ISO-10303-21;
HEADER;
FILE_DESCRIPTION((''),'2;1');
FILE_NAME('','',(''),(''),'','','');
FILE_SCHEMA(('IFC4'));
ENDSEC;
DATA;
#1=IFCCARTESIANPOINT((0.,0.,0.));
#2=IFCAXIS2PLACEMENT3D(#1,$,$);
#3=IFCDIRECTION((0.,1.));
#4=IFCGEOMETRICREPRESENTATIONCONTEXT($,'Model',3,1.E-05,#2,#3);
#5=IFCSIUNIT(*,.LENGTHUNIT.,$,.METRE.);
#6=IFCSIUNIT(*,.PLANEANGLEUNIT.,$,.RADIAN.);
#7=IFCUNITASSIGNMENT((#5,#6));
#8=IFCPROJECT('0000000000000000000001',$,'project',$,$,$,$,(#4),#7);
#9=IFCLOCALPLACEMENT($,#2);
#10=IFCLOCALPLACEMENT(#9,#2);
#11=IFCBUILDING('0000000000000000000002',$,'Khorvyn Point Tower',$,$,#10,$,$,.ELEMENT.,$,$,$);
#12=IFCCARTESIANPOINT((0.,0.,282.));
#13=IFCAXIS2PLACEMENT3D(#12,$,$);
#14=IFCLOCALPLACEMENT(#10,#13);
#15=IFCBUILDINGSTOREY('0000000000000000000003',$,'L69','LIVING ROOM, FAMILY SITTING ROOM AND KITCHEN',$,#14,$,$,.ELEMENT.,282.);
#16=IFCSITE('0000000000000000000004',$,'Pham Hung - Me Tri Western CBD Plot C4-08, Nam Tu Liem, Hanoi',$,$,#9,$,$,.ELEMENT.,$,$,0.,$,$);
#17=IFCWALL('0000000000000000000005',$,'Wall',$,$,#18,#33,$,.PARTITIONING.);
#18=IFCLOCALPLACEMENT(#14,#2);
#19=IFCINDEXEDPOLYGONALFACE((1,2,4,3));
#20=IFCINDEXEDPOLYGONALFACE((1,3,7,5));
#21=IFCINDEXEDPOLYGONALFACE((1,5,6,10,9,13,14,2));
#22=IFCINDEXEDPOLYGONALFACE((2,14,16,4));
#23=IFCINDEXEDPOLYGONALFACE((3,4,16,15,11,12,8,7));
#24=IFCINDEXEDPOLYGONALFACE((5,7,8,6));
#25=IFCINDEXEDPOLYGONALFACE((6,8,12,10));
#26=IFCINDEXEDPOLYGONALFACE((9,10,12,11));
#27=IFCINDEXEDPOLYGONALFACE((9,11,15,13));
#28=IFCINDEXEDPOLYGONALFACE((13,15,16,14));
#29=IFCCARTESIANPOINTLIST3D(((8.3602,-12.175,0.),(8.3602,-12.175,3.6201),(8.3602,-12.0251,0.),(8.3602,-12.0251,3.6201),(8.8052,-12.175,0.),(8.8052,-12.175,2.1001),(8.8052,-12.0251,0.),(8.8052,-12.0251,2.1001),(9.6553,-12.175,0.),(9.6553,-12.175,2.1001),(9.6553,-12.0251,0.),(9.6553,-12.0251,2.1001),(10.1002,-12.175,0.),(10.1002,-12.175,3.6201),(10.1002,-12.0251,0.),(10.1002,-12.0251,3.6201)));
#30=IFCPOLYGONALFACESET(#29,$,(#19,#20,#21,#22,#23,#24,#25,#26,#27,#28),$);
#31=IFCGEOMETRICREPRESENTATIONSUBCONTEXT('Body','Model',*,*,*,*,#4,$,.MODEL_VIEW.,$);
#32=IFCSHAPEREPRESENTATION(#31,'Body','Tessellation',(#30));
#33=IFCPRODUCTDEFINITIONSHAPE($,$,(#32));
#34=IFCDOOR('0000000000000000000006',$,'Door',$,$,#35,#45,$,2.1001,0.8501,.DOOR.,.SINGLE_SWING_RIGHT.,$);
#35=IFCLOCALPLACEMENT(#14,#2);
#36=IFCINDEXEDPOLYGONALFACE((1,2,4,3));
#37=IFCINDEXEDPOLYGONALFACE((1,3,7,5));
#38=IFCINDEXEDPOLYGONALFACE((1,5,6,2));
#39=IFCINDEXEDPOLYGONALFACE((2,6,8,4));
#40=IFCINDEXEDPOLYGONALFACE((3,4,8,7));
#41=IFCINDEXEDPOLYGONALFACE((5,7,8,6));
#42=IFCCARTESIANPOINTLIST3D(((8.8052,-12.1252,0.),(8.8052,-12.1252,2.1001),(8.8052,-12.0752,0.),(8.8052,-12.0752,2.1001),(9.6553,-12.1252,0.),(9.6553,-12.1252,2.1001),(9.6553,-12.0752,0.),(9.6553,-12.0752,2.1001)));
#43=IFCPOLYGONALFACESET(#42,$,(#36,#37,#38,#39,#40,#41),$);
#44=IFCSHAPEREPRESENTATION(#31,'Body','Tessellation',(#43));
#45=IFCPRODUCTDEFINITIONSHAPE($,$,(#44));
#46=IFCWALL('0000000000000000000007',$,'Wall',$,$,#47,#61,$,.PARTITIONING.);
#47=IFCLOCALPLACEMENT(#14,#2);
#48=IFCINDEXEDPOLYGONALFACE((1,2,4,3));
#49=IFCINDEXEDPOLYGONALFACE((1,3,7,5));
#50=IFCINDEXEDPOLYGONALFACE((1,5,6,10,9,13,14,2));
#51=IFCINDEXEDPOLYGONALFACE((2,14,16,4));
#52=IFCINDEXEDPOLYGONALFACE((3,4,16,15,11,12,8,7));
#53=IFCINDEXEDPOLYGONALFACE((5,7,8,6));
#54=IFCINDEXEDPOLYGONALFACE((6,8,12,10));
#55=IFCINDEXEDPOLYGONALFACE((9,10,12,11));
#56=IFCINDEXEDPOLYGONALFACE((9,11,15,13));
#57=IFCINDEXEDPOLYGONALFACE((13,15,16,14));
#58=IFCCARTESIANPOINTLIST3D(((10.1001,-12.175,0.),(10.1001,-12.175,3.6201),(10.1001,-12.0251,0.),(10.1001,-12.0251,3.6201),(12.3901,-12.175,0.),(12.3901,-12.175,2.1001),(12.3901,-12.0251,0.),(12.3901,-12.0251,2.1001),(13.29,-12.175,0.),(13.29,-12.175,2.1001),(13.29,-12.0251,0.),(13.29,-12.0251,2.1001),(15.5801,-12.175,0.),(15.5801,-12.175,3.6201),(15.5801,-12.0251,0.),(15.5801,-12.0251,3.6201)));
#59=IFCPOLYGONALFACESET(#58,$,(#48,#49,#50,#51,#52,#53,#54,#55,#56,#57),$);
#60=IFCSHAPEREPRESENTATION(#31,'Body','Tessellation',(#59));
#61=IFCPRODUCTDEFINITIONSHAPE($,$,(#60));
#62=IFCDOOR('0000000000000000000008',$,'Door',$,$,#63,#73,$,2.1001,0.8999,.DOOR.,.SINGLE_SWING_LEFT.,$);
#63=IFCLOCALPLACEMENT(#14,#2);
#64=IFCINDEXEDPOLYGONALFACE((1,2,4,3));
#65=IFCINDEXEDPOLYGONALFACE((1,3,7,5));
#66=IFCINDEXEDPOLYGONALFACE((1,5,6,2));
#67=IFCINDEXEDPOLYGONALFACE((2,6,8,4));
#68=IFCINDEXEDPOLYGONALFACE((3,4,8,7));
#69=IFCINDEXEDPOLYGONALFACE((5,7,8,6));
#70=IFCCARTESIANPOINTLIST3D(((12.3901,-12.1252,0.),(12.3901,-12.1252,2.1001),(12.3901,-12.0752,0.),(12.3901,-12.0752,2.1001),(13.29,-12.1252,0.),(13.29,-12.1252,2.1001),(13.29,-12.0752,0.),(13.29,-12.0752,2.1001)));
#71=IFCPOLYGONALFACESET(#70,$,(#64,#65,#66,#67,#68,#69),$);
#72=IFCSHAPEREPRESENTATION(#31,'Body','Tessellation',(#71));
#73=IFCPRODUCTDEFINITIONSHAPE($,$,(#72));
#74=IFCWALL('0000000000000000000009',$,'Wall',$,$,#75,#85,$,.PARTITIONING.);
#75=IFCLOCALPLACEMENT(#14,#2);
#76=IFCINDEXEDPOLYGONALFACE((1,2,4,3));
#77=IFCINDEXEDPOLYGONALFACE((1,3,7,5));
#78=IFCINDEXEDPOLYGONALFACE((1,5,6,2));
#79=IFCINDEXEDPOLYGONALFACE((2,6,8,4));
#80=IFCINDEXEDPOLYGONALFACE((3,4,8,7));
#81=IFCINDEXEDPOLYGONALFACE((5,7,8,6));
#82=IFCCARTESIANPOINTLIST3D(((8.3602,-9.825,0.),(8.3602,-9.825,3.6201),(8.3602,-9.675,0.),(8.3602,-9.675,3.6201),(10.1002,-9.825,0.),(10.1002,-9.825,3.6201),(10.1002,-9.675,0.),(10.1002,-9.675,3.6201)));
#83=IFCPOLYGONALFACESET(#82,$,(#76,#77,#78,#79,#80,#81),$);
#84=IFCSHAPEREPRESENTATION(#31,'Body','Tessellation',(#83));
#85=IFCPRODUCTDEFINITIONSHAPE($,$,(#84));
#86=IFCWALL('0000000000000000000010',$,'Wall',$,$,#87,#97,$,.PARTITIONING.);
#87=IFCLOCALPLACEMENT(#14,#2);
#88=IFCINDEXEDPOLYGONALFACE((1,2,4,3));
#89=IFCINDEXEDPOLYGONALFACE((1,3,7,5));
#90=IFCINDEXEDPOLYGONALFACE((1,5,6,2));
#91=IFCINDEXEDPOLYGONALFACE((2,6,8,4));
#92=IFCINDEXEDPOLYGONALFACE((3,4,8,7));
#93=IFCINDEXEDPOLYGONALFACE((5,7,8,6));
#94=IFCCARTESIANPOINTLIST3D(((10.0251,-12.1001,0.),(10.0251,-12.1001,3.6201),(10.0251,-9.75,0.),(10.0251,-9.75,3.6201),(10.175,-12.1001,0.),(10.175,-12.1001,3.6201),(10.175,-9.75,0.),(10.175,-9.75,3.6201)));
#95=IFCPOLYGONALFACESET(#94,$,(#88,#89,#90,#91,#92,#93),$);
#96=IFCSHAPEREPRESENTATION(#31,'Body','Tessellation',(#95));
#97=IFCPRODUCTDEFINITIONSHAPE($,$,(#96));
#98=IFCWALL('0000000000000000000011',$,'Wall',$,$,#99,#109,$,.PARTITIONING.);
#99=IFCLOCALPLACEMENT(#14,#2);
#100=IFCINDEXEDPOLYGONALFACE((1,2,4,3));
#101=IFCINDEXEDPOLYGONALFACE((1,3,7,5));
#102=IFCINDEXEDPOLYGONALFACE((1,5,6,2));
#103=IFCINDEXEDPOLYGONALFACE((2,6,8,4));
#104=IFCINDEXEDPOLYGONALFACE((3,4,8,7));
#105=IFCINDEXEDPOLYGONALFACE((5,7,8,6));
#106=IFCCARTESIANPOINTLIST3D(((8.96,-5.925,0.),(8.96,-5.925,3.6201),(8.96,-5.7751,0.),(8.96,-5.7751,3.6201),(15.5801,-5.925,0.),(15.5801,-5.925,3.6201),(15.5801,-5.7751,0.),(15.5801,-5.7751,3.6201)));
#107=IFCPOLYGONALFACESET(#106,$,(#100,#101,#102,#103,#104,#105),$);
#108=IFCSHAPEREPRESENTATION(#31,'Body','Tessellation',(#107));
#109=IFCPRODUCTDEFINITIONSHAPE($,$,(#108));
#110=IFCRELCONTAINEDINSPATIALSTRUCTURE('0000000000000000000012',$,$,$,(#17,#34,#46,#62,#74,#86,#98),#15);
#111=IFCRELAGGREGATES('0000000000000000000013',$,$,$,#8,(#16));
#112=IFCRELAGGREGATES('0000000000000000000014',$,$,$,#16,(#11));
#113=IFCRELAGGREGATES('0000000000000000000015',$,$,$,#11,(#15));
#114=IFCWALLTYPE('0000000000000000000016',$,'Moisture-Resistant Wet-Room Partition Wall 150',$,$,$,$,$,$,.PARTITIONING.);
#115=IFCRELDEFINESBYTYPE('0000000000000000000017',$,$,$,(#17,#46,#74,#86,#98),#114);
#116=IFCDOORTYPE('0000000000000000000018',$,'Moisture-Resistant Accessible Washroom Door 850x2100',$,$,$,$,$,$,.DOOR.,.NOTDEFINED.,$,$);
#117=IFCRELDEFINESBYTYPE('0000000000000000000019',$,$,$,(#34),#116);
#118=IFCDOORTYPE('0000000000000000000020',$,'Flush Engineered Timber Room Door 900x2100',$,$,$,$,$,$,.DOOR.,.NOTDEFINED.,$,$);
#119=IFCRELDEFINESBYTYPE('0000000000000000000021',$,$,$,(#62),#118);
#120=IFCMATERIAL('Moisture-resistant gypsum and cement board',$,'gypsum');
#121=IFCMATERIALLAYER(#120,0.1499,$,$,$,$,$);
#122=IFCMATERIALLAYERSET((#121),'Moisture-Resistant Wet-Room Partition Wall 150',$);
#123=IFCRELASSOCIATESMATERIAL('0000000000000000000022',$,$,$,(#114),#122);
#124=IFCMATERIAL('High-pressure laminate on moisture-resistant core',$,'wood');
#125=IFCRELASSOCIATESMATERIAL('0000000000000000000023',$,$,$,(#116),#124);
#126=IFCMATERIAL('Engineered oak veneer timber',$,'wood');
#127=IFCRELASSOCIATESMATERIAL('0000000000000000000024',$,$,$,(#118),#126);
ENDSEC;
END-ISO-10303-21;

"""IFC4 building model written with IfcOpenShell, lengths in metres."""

from ifc_helpers import new_model, si_unit, direction, frame, frame_2d, origin, place, context, subcontext, project, spatial, rectangle, extrude, material, layer, layer_set, type_object, element, fill, save


model = new_model("IFC4")

# Units and contexts
model_context = context("Model", 3, precision=1e-05, world=origin(), true_north=direction((0.0, 1.0)))
body_context = subcontext(model_context, "Body", "Model", "MODEL_VIEW")
ifc_project = project(units=[si_unit("LENGTHUNIT", "METRE"), si_unit("PLANEANGLEUNIT", "RADIAN")], contexts=[model_context])

# Site, building, storey
site_placement = place(None, origin())
site = spatial("IfcSite", under=ifc_project, at=site_placement, Name="Pham Hung - Me Tri Western CBD Plot C4-08, Nam Tu Liem, Hanoi", CompositionType="ELEMENT", RefElevation=0.0)
building_placement = place(site_placement, origin())
building = spatial("IfcBuilding", under=site, at=building_placement, Name="Khorvyn Point Tower", CompositionType="ELEMENT")
storey_placement = place(building_placement, frame((0.0, 0.0, 282.0)))
storey = spatial("IfcBuildingStorey", under=building, at=storey_placement, Name="L69", Description="LIVING ROOM, FAMILY SITTING ROOM AND KITCHEN", CompositionType="ELEMENT", Elevation=282.0)

# Walls, openings, doors
ifc_material_1 = material(Name="Moisture-resistant gypsum and cement board", Category="gypsum")
ifc_layer_1 = layer(ifc_material_1, 0.1499)
ifc_layer_set_1 = layer_set([ifc_layer_1], Name="Moisture-Resistant Wet-Room Partition Wall 150")
wall_type_1 = type_object("IfcWallType", Name="Moisture-Resistant Wet-Room Partition Wall 150", PredefinedType="PARTITIONING", material=ifc_layer_set_1)
wall_1_placement = place(storey_placement, frame((8.3601, -12.1001, 0.0), z_axis=(0.0, 0.0, 1.0), x_axis=(1.0, 0.0, 0.0)))
wall_1 = element("IfcWall", 1, at=wall_1_placement, inside=storey, type_object=wall_type_1, Name="Wall", PredefinedType="PARTITIONING", context=body_context, shape_type="SweptSolid", body=[
    extrude(rectangle(XDim=1.74, YDim=0.1499, at=frame_2d((0.8701, 0.0))), origin(), (0.0, 0.0, 1.0), 3.6201),
])
opening_1_placement = place(wall_1_placement, frame((0.4451, 0.0, 0.0)))
opening_1 = element("IfcOpeningElement", 2, at=opening_1_placement, cuts=wall_1, PredefinedType="OPENING", context=body_context, shape_type="SweptSolid", body=[
    extrude(rectangle(XDim=0.8501, YDim=2.1001, at=frame_2d((0.425, 1.05))), frame((0.0, 0.085, 0.0), z_axis=(0.0, -1.0, 0.0), x_axis=(1.0, 0.0, 0.0)), (0.0, 0.0, 1.0), 0.1699),
])
ifc_material_2 = material(Name="High-pressure laminate on moisture-resistant core", Category="wood")
door_type_1 = type_object("IfcDoorType", Name="Moisture-Resistant Accessible Washroom Door 850x2100", OperationType="NOTDEFINED", PredefinedType="DOOR", material=ifc_material_2)
door_1_placement = place(opening_1_placement, origin())
door_1 = element("IfcDoor", 3, at=door_1_placement, inside=storey, type_object=door_type_1, Name="Door", OperationType="SINGLE_SWING_RIGHT", OverallHeight=2.1001, OverallWidth=0.8501, PredefinedType="DOOR", context=body_context, shape_type="SweptSolid", body=[
    extrude(rectangle(XDim=0.8501, YDim=2.1001, at=frame_2d((0.425, 1.05))), frame((0.0, 0.0249, 0.0), z_axis=(0.0, -1.0, 0.0), x_axis=(1.0, 0.0, 0.0)), (0.0, 0.0, 1.0), 0.05),
])
fill(opening_1, door_1)
wall_2_placement = place(storey_placement, frame((10.1001, -12.1001, 0.0), z_axis=(0.0, 0.0, 1.0), x_axis=(1.0, 0.0, 0.0)))
wall_2 = element("IfcWall", 4, at=wall_2_placement, inside=storey, type_object=wall_type_1, Name="Wall", PredefinedType="PARTITIONING", context=body_context, shape_type="SweptSolid", body=[
    extrude(rectangle(XDim=5.48, YDim=0.1499, at=frame_2d((2.74, 0.0))), origin(), (0.0, 0.0, 1.0), 3.6201),
])
opening_2_placement = place(wall_2_placement, frame((2.29, 0.0, 0.0)))
opening_2 = element("IfcOpeningElement", 5, at=opening_2_placement, cuts=wall_2, PredefinedType="OPENING", context=body_context, shape_type="SweptSolid", body=[
    extrude(rectangle(XDim=0.8999, YDim=2.1001, at=frame_2d((0.45, 1.05))), frame((0.0, 0.085, 0.0), z_axis=(0.0, -1.0, 0.0), x_axis=(1.0, 0.0, 0.0)), (0.0, 0.0, 1.0), 0.1699),
])
ifc_material_3 = material(Name="Engineered oak veneer timber", Category="wood")
door_type_2 = type_object("IfcDoorType", Name="Flush Engineered Timber Room Door 900x2100", OperationType="NOTDEFINED", PredefinedType="DOOR", material=ifc_material_3)
door_2_placement = place(opening_2_placement, origin())
door_2 = element("IfcDoor", 6, at=door_2_placement, inside=storey, type_object=door_type_2, Name="Door", OperationType="SINGLE_SWING_LEFT", OverallHeight=2.1001, OverallWidth=0.8999, PredefinedType="DOOR", context=body_context, shape_type="SweptSolid", body=[
    extrude(rectangle(XDim=0.8999, YDim=2.1001, at=frame_2d((0.45, 1.05))), frame((0.0, 0.0249, 0.0), z_axis=(0.0, -1.0, 0.0), x_axis=(1.0, 0.0, 0.0)), (0.0, 0.0, 1.0), 0.05),
])
fill(opening_2, door_2)

# Walls
wall_3_placement = place(storey_placement, frame((8.3601, -9.75, 0.0), z_axis=(0.0, 0.0, 1.0), x_axis=(1.0, 0.0, 0.0)))
element("IfcWall", 7, at=wall_3_placement, inside=storey, type_object=wall_type_1, Name="Wall", PredefinedType="PARTITIONING", context=body_context, shape_type="SweptSolid", body=[
    extrude(rectangle(XDim=1.74, YDim=0.1499, at=frame_2d((0.8701, 0.0))), origin(), (0.0, 0.0, 1.0), 3.6201),
])
wall_4_placement = place(storey_placement, frame((10.1001, -12.1001, 0.0), z_axis=(0.0, 0.0, 1.0), x_axis=(0.0, 1.0, 0.0)))
element("IfcWall", 8, at=wall_4_placement, inside=storey, type_object=wall_type_1, Name="Wall", PredefinedType="PARTITIONING", context=body_context, shape_type="SweptSolid", body=[
    extrude(rectangle(XDim=2.3501, YDim=0.1499, at=frame_2d((1.175, 0.0))), origin(), (0.0, 0.0, 1.0), 3.6201),
])
wall_5_placement = place(storey_placement, frame((8.96, -5.8501, 0.0), z_axis=(0.0, 0.0, 1.0), x_axis=(1.0, 0.0, 0.0)))
element("IfcWall", 9, at=wall_5_placement, inside=storey, type_object=wall_type_1, Name="Wall", PredefinedType="PARTITIONING", context=body_context, shape_type="SweptSolid", body=[
    extrude(rectangle(XDim=6.6201, YDim=0.1499, at=frame_2d((3.3101, 0.0))), origin(), (0.0, 0.0, 1.0), 3.6201),
])

save(model, "model.ifc")
